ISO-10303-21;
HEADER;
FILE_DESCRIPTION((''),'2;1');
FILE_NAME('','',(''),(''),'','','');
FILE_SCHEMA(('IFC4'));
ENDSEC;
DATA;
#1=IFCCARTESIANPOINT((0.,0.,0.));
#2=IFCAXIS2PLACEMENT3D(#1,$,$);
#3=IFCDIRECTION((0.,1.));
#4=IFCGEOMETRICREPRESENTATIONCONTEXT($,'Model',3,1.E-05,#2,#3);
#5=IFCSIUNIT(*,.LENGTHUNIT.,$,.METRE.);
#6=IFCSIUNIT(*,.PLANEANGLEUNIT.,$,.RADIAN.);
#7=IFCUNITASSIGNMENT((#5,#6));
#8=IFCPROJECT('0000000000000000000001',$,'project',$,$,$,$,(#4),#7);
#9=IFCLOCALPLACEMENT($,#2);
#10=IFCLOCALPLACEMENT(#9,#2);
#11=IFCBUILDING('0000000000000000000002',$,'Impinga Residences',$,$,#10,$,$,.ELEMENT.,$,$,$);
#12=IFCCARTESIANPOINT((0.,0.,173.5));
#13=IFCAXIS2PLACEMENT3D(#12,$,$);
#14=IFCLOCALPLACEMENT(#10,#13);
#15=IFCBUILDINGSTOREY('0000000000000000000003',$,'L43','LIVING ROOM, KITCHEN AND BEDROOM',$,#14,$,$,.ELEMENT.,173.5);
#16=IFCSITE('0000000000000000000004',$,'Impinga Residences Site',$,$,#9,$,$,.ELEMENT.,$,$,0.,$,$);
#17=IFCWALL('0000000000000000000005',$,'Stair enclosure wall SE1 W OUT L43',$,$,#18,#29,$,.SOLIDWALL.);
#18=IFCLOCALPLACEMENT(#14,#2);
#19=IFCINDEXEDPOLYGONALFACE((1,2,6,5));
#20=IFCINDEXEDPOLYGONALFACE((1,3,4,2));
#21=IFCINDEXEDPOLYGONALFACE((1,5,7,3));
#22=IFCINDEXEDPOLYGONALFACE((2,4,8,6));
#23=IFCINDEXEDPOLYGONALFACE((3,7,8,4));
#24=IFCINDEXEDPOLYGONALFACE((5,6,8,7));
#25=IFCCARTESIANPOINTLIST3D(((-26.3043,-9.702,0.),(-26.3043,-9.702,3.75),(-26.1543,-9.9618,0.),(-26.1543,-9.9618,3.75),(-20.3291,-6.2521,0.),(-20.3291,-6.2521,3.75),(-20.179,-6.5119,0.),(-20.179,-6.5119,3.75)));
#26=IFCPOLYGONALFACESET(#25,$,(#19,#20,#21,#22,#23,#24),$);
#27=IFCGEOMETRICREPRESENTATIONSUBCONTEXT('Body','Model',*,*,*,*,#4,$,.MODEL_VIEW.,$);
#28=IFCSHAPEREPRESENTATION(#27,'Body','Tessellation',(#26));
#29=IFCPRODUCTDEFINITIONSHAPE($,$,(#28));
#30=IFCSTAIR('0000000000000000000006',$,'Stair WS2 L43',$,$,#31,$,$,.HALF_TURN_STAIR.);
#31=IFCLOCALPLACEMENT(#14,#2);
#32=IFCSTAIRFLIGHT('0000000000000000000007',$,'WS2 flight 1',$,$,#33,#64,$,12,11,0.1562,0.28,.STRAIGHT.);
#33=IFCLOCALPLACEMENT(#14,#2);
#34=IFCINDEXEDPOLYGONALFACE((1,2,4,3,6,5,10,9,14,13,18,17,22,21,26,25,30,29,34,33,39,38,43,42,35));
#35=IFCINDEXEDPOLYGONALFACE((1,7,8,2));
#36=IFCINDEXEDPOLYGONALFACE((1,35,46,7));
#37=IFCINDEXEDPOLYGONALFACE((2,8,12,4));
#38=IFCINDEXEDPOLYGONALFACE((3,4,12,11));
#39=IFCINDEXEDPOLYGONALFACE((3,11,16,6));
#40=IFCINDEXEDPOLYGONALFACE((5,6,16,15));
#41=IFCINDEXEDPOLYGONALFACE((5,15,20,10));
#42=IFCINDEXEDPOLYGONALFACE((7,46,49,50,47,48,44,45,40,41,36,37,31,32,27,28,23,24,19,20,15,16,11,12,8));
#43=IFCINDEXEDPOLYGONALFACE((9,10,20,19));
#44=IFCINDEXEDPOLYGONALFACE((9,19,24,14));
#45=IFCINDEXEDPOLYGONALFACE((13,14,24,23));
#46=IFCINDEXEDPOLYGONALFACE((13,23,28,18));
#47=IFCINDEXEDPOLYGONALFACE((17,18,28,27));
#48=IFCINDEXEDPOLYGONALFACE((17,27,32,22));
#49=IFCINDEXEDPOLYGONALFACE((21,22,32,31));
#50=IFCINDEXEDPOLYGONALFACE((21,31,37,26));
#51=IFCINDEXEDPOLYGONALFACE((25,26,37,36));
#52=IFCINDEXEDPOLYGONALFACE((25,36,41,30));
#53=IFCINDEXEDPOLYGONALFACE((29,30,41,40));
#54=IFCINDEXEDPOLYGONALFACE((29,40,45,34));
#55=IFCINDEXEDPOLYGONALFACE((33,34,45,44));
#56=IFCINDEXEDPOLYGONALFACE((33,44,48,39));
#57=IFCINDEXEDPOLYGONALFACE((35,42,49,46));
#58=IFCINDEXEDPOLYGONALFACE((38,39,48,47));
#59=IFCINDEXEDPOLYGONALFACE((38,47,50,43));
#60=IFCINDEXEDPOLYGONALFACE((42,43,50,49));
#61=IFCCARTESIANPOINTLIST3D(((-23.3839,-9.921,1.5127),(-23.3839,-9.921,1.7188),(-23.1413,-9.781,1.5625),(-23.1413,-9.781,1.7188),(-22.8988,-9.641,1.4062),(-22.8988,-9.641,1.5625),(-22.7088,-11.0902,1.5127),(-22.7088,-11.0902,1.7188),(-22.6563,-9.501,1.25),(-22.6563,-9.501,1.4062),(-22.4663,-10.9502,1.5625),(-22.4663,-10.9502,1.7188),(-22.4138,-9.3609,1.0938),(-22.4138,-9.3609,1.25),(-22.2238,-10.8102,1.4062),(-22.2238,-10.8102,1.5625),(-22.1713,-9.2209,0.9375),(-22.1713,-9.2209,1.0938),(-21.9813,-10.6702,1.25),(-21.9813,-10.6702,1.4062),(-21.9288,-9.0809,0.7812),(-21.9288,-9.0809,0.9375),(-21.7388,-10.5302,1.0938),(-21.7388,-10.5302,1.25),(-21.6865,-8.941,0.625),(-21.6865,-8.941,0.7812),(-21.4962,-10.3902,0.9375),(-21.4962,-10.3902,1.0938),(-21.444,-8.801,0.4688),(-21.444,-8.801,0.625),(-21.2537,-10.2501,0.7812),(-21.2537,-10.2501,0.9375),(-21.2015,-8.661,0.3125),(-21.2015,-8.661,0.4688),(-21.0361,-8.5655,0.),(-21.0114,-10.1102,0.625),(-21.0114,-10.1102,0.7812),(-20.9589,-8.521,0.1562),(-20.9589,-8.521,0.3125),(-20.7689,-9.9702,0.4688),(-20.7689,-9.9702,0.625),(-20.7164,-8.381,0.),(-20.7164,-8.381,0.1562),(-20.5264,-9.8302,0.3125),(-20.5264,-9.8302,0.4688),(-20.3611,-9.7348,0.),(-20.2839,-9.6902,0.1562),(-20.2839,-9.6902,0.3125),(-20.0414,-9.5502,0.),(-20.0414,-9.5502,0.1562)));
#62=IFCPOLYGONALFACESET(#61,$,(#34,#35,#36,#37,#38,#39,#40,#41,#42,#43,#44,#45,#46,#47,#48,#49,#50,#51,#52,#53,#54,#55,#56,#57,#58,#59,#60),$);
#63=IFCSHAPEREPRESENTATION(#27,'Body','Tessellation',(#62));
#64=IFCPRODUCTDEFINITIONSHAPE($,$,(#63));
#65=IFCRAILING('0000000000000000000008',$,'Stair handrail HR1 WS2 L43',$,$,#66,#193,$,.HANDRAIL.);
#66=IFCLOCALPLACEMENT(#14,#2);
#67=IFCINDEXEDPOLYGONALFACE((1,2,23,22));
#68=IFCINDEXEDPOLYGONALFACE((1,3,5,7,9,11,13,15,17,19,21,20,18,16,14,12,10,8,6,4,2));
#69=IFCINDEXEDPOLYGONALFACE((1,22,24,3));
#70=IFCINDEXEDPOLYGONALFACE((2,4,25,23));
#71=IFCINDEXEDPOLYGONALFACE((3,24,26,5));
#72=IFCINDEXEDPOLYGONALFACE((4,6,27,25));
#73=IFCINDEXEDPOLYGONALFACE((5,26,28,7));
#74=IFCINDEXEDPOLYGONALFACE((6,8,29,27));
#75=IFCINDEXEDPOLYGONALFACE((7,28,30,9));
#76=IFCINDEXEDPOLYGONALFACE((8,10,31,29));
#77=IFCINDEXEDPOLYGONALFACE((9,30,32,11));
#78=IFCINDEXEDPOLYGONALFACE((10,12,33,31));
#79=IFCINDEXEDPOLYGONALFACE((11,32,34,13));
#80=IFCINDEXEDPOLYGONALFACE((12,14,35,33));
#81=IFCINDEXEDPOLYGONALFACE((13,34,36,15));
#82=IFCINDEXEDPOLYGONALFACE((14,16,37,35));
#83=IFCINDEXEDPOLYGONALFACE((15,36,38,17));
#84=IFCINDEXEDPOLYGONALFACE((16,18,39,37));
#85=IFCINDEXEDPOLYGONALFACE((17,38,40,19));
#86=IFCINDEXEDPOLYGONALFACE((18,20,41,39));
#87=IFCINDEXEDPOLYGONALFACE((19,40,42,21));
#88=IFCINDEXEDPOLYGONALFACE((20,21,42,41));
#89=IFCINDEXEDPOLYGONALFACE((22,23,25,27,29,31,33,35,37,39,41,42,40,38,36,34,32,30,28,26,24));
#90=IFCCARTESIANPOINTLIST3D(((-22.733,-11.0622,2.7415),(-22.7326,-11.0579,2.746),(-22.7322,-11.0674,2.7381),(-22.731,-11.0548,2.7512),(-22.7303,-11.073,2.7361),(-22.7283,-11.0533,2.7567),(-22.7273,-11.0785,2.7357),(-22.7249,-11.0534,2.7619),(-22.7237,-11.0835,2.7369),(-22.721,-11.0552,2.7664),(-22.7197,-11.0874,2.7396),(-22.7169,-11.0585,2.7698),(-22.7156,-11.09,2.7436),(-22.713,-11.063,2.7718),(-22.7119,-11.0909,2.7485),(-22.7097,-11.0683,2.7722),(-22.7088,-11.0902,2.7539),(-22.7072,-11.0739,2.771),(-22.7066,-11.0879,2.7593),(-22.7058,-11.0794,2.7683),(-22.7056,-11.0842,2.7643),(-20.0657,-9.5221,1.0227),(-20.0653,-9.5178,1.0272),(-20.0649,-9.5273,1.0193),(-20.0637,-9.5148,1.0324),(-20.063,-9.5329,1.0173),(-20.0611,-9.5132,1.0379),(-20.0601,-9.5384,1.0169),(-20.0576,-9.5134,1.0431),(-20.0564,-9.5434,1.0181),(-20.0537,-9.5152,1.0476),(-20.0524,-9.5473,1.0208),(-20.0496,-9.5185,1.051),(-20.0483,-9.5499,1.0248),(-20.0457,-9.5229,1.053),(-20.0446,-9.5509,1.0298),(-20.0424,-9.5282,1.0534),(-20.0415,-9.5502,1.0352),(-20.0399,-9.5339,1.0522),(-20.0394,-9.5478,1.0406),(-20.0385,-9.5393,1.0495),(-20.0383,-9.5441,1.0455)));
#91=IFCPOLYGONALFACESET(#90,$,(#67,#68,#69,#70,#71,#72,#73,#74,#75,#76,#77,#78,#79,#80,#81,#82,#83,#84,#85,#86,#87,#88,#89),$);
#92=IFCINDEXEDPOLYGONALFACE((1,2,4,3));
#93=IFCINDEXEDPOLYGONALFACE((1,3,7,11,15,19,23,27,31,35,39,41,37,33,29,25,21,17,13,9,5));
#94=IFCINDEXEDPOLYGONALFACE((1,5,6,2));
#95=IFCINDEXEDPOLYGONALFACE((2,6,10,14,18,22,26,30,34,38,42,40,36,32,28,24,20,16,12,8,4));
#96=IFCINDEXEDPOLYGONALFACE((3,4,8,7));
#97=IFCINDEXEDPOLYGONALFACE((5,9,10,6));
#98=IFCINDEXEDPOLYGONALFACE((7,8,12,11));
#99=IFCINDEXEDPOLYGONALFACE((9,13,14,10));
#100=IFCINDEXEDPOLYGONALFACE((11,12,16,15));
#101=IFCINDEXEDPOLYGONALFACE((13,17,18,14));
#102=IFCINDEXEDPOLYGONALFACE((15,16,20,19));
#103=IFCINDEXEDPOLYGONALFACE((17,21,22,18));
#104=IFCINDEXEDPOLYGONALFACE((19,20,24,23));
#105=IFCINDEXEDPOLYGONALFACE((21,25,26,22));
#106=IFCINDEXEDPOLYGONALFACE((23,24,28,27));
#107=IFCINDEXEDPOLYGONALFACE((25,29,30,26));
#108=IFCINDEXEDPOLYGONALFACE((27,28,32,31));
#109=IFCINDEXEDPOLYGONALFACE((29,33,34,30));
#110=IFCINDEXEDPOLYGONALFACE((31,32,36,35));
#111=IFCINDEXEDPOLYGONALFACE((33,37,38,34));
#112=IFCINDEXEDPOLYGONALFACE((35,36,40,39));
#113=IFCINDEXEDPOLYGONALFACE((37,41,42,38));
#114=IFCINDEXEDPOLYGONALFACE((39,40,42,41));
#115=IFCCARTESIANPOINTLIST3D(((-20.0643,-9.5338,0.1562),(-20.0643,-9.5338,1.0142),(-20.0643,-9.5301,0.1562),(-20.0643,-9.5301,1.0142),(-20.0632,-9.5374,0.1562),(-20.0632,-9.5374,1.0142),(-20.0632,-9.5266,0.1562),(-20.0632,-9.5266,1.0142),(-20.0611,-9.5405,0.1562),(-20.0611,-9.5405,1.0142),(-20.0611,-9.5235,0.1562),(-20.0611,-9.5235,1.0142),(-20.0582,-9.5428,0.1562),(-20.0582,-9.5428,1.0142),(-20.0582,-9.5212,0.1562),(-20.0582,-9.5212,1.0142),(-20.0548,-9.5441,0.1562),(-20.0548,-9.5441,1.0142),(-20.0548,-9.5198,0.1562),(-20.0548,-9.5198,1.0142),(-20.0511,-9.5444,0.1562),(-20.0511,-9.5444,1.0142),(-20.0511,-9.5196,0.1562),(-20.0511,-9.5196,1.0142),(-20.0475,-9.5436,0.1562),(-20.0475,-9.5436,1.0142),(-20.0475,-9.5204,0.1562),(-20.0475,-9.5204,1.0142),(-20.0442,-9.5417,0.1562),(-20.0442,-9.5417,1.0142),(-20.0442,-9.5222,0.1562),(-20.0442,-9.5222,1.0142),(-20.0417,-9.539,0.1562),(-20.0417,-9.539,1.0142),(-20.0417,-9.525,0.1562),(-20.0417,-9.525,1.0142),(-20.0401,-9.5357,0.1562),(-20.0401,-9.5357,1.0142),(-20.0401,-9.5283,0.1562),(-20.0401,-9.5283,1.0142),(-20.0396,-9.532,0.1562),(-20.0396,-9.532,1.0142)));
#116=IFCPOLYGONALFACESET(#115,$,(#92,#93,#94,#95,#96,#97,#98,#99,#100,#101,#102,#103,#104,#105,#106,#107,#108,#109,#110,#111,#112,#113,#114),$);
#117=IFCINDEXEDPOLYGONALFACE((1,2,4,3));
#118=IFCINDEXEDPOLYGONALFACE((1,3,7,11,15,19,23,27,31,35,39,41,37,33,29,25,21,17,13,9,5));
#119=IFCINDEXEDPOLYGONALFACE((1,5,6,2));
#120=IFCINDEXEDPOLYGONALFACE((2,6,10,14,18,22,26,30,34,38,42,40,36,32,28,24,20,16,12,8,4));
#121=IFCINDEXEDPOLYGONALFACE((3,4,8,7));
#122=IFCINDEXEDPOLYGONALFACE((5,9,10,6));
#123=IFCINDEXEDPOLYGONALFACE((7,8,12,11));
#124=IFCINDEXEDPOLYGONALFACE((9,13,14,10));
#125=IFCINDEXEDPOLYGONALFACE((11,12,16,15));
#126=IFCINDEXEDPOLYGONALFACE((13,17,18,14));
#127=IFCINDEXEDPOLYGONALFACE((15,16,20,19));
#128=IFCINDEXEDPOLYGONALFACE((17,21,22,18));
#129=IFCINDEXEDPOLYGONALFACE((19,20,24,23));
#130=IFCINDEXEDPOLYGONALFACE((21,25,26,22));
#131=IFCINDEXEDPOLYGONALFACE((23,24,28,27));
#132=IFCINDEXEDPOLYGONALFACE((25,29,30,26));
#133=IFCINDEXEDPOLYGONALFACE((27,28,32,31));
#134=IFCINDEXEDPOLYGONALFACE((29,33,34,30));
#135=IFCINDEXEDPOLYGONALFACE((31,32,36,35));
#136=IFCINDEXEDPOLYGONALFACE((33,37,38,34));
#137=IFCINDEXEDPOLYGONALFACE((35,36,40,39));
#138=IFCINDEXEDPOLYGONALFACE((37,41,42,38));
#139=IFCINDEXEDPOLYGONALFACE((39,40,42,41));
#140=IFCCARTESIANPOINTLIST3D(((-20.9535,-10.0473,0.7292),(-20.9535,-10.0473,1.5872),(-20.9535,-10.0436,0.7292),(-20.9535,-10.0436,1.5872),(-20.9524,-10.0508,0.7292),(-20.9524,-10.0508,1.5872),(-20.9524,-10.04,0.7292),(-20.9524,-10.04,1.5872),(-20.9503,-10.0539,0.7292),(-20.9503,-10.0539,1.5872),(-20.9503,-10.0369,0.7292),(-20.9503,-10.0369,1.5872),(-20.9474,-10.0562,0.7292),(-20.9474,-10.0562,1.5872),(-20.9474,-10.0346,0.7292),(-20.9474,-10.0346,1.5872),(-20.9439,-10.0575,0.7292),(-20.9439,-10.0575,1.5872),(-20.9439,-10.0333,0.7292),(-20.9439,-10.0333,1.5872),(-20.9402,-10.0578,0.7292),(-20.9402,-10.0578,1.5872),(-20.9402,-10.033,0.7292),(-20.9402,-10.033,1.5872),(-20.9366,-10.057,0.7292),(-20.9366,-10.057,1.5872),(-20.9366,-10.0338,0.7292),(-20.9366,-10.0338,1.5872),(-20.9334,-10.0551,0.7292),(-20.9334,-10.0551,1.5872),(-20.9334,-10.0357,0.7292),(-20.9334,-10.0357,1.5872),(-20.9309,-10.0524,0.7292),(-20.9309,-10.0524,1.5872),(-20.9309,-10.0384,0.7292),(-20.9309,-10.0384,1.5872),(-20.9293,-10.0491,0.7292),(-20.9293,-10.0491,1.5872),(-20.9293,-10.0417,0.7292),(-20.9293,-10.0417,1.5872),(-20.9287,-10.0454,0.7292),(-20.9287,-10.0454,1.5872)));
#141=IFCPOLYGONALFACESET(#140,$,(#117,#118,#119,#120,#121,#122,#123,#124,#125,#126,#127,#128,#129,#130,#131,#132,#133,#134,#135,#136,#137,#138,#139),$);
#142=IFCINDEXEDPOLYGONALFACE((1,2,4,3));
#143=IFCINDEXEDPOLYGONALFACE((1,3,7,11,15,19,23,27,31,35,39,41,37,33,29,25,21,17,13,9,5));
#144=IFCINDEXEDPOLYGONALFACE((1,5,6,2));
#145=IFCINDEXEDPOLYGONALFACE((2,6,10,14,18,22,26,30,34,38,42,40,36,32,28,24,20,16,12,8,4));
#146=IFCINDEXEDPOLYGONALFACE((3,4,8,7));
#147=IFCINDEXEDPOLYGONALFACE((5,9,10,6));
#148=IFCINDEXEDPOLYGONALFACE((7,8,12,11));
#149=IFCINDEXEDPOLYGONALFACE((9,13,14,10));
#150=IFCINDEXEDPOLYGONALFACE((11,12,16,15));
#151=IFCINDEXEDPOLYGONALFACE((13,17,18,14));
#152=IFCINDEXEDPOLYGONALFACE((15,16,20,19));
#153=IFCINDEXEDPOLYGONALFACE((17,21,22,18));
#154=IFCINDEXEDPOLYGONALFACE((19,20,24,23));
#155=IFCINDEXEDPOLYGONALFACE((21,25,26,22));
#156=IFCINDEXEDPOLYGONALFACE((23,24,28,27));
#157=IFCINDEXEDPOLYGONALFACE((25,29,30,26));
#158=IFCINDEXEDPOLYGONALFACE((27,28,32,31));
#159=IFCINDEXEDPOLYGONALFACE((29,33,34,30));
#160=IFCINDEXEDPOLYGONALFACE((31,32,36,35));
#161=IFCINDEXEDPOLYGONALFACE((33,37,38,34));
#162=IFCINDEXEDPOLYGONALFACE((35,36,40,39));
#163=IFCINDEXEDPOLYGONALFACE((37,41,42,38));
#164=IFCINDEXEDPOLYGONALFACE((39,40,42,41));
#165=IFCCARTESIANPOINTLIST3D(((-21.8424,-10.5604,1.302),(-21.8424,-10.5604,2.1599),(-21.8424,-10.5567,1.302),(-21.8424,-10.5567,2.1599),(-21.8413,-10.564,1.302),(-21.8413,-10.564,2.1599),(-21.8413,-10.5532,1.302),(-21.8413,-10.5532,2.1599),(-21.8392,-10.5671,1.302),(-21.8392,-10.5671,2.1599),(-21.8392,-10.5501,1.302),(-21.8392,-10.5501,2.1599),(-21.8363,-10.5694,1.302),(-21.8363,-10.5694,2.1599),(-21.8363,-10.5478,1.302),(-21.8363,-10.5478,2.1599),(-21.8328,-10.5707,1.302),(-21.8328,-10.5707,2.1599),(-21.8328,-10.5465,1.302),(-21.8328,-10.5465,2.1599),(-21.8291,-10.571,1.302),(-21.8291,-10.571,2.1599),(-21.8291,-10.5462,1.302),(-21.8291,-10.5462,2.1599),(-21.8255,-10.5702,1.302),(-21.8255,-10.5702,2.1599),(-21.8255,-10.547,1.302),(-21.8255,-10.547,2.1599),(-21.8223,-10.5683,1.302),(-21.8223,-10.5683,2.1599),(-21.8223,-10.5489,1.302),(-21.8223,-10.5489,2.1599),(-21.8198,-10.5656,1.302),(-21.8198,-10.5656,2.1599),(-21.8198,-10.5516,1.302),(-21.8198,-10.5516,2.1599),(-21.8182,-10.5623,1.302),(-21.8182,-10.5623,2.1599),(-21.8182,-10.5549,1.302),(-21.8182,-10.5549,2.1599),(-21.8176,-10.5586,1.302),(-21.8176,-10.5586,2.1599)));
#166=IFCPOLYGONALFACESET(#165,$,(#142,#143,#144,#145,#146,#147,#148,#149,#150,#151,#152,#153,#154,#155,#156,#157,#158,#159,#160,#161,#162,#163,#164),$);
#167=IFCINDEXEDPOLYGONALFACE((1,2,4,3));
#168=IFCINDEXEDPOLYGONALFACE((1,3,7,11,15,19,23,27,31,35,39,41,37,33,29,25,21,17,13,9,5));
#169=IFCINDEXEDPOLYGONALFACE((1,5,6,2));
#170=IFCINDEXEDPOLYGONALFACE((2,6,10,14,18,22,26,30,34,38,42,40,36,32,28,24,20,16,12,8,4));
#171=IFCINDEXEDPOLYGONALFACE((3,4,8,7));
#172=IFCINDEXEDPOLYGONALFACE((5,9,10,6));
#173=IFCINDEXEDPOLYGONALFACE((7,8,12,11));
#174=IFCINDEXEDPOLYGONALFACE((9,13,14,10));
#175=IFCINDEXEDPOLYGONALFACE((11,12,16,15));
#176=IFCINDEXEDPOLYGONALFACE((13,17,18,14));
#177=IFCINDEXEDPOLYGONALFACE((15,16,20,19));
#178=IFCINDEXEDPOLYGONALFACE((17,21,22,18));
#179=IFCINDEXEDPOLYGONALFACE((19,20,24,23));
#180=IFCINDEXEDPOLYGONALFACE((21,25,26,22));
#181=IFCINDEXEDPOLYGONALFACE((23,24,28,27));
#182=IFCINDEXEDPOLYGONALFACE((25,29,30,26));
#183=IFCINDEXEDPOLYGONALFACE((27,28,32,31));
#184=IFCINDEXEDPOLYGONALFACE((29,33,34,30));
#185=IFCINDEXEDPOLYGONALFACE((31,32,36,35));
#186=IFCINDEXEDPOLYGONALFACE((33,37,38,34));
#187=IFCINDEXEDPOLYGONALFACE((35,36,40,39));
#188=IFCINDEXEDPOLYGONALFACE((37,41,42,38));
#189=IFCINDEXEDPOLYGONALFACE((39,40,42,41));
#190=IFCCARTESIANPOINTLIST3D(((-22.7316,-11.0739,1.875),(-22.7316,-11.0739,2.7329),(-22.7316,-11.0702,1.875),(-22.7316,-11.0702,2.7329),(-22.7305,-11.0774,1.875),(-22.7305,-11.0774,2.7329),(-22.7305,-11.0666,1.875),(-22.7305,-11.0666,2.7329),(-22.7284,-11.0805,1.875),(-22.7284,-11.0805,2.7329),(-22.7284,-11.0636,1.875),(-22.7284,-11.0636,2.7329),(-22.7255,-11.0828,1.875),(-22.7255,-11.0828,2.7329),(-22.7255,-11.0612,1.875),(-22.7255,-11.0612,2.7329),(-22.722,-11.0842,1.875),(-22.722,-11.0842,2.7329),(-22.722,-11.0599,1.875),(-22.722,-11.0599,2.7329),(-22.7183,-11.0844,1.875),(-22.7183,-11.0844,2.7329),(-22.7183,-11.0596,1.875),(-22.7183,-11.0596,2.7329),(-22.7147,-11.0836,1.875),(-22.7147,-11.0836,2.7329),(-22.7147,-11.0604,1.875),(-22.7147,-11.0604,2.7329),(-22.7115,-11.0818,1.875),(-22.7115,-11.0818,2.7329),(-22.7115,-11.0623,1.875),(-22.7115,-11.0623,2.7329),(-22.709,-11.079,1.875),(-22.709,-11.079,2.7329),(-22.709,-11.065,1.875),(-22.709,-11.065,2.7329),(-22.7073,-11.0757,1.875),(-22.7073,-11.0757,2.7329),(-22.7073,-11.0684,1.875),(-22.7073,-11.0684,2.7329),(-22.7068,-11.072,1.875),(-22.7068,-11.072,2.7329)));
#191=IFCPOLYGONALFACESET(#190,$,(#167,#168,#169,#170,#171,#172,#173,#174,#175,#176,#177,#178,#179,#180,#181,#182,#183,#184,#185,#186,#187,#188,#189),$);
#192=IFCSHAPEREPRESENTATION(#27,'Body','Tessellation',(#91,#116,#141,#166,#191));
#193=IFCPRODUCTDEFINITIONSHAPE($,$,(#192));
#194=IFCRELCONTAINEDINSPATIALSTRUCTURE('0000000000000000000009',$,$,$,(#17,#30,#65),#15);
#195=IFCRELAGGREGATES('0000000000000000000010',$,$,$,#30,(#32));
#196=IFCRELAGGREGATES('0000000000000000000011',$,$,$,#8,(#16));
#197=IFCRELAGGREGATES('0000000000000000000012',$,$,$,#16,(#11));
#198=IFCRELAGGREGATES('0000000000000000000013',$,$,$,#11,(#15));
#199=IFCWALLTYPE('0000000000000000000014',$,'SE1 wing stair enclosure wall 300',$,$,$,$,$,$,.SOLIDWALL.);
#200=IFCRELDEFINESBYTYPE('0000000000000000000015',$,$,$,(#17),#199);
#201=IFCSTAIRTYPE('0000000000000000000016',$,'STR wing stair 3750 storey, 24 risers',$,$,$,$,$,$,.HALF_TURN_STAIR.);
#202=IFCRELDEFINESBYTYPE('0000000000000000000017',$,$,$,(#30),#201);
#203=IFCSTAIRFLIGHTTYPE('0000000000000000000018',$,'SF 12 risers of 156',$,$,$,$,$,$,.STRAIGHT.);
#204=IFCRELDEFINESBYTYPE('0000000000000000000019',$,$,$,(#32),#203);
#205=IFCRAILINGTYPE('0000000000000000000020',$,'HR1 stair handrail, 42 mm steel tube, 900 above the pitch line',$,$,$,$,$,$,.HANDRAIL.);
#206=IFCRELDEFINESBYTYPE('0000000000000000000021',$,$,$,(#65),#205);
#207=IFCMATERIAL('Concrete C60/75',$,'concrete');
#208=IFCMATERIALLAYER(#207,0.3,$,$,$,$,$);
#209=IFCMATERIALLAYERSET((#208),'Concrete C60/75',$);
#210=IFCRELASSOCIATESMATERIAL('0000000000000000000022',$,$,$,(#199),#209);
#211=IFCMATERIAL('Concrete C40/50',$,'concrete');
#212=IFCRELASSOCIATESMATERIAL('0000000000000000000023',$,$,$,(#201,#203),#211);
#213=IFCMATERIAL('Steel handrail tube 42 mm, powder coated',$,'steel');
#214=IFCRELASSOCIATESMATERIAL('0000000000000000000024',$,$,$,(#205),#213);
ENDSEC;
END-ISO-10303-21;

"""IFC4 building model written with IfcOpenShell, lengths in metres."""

from ifc_helpers import new_model, si_unit, direction, frame, frame_2d, origin, origin_2d, place, context, subcontext, project, spatial, polyline, rectangle, circle, outline, extrude, material, layer, layer_set, type_object, element, aggregate, save


model = new_model("IFC4")

# Units and contexts
model_context = context("Model", 3, precision=1e-05, world=origin(), true_north=direction((0.0, 1.0)))
body_context = subcontext(model_context, "Body", "Model", "MODEL_VIEW")
ifc_project = project(units=[si_unit("LENGTHUNIT", "METRE"), si_unit("PLANEANGLEUNIT", "RADIAN")], contexts=[model_context])

# Site, building, storey
site_placement = place(None, origin())
site = spatial("IfcSite", under=ifc_project, at=site_placement, Name="Impinga Residences Site", CompositionType="ELEMENT", RefElevation=0.0)
building_placement = place(site_placement, origin())
building = spatial("IfcBuilding", under=site, at=building_placement, Name="Impinga Residences", CompositionType="ELEMENT")
storey_placement = place(building_placement, frame((0.0, 0.0, 173.5)))
storey = spatial("IfcBuildingStorey", under=building, at=storey_placement, Name="L43", Description="LIVING ROOM, KITCHEN AND BEDROOM", CompositionType="ELEMENT", Elevation=173.5)

# Shared definitions
ifc_material_1 = material(Name="Concrete C60/75", Category="concrete")

# Wall
ifc_layer_1 = layer(ifc_material_1, 0.3)
ifc_layer_set_1 = layer_set([ifc_layer_1], Name="Concrete C60/75")
wall_type_1 = type_object("IfcWallType", Name="SE1 wing stair enclosure wall 300", PredefinedType="SOLIDWALL", material=ifc_layer_set_1)
wall_1_placement = place(storey_placement, frame((-20.2542, -6.3821, 0.0), z_axis=(0.0, 0.0, 1.0), x_axis=(-0.86602, -0.500009, 0.0)))
element("IfcWall", 1, at=wall_1_placement, inside=storey, type_object=wall_type_1, Name="Stair enclosure wall SE1 W OUT L43", PredefinedType="SOLIDWALL", context=body_context, shape_type="SweptSolid", body=[
    extrude(rectangle(XDim=6.8997, YDim=0.3, at=frame_2d((3.4497, 0.0))), origin(), (0.0, 0.0, 1.0), 3.75),
])

# Stair, stair flight
ifc_material_2 = material(Name="Concrete C40/50", Category="concrete")
stair_type = type_object("IfcStairType", Name="STR wing stair 3750 storey, 24 risers", PredefinedType="HALF_TURN_STAIR", material=ifc_material_2)
stair_placement = place(storey_placement, origin())
stair = element("IfcStair", 2, at=stair_placement, inside=storey, type_object=stair_type, Name="Stair WS2 L43", PredefinedType="HALF_TURN_STAIR")
stair_flight_type = type_object("IfcStairFlightType", Name="SF 12 risers of 156", PredefinedType="STRAIGHT", material=ifc_material_2)
stair_flight_placement = place(storey_placement, frame((-20.3789, -8.9656, 0.0), z_axis=(0.0, 0.0, 1.0), x_axis=(-0.866025, -0.5, 0.0)))
stair_flight = element("IfcStairFlight", 3, at=stair_flight_placement, type_object=stair_flight_type, Name="WS2 flight 1", NumberOfRisers=12, NumberOfTreads=11, PredefinedType="STRAIGHT", RiserHeight=0.1562, TreadLength=0.28, context=body_context, shape_type="SweptSolid", body=[
    extrude(outline(polyline([(0.0, 0.0), (0.0, 0.1562), (0.28, 0.1562), (0.28, 0.3125), (0.5601, 0.3125), (0.5601, 0.4688), (0.8401, 0.4688), (0.8401, 0.625), (1.1201, 0.625), (1.1201, 0.7812), (1.3999, 0.7812), (1.3999, 0.9375), (1.6799, 0.9375), (1.6799, 1.0938), (1.96, 1.0938), (1.96, 1.25), (2.24, 1.25), (2.24, 1.4062), (2.52, 1.4062), (2.52, 1.5625), (2.8, 1.5625), (2.8, 1.7188), (3.0801, 1.7188), (3.0801, 1.875), (3.0801, 1.5127), (0.3691, 0.0), (0.0, 0.0)])), frame((0.0, 0.675, 0.0), z_axis=(0.0, -1.0, 0.0), x_axis=(1.0, 0.0, 0.0)), (0.0, 0.0, 1.0), 1.3501),
])
aggregate(stair, [stair_flight])

# Railing
ifc_material_3 = material(Name="Steel handrail tube 42 mm, powder coated", Category="steel")
railing_type = type_object("IfcRailingType", Name="HR1 stair handrail, 42 mm steel tube, 900 above the pitch line", PredefinedType="HANDRAIL", material=ifc_material_3)
railing_placement = place(storey_placement, frame((-20.052, -9.532, 0.1562)))
element("IfcRailing", 4, at=railing_placement, inside=storey, type_object=railing_type, Name="Stair handrail HR1 WS2 L43", PredefinedType="HANDRAIL", context=body_context, shape_type="SweptSolid", body=[
    extrude(circle(Radius=0.021, at=origin_2d()), frame((0.0, 0.0, 0.8789), z_axis=(-0.756226, -0.436639, 0.487307), x_axis=(0.500027, -0.86601, 0.0)), (0.0, 0.0, 1.0), 3.5271),
    extrude(circle(Radius=0.0125, at=origin_2d()), origin(), (0.0, 0.0, 1.0), 0.8579),
    extrude(circle(Radius=0.0125, at=origin_2d()), frame((-0.8892, -0.5134, 0.573)), (0.0, 0.0, 1.0), 0.8579),
    extrude(circle(Radius=0.0125, at=origin_2d()), frame((-1.7781, -1.0266, 1.1458)), (0.0, 0.0, 1.0), 0.8579),
    extrude(circle(Radius=0.0125, at=origin_2d()), frame((-2.6672, -1.54, 1.7188)), (0.0, 0.0, 1.0), 0.8579),
])

save(model, "model.ifc")
